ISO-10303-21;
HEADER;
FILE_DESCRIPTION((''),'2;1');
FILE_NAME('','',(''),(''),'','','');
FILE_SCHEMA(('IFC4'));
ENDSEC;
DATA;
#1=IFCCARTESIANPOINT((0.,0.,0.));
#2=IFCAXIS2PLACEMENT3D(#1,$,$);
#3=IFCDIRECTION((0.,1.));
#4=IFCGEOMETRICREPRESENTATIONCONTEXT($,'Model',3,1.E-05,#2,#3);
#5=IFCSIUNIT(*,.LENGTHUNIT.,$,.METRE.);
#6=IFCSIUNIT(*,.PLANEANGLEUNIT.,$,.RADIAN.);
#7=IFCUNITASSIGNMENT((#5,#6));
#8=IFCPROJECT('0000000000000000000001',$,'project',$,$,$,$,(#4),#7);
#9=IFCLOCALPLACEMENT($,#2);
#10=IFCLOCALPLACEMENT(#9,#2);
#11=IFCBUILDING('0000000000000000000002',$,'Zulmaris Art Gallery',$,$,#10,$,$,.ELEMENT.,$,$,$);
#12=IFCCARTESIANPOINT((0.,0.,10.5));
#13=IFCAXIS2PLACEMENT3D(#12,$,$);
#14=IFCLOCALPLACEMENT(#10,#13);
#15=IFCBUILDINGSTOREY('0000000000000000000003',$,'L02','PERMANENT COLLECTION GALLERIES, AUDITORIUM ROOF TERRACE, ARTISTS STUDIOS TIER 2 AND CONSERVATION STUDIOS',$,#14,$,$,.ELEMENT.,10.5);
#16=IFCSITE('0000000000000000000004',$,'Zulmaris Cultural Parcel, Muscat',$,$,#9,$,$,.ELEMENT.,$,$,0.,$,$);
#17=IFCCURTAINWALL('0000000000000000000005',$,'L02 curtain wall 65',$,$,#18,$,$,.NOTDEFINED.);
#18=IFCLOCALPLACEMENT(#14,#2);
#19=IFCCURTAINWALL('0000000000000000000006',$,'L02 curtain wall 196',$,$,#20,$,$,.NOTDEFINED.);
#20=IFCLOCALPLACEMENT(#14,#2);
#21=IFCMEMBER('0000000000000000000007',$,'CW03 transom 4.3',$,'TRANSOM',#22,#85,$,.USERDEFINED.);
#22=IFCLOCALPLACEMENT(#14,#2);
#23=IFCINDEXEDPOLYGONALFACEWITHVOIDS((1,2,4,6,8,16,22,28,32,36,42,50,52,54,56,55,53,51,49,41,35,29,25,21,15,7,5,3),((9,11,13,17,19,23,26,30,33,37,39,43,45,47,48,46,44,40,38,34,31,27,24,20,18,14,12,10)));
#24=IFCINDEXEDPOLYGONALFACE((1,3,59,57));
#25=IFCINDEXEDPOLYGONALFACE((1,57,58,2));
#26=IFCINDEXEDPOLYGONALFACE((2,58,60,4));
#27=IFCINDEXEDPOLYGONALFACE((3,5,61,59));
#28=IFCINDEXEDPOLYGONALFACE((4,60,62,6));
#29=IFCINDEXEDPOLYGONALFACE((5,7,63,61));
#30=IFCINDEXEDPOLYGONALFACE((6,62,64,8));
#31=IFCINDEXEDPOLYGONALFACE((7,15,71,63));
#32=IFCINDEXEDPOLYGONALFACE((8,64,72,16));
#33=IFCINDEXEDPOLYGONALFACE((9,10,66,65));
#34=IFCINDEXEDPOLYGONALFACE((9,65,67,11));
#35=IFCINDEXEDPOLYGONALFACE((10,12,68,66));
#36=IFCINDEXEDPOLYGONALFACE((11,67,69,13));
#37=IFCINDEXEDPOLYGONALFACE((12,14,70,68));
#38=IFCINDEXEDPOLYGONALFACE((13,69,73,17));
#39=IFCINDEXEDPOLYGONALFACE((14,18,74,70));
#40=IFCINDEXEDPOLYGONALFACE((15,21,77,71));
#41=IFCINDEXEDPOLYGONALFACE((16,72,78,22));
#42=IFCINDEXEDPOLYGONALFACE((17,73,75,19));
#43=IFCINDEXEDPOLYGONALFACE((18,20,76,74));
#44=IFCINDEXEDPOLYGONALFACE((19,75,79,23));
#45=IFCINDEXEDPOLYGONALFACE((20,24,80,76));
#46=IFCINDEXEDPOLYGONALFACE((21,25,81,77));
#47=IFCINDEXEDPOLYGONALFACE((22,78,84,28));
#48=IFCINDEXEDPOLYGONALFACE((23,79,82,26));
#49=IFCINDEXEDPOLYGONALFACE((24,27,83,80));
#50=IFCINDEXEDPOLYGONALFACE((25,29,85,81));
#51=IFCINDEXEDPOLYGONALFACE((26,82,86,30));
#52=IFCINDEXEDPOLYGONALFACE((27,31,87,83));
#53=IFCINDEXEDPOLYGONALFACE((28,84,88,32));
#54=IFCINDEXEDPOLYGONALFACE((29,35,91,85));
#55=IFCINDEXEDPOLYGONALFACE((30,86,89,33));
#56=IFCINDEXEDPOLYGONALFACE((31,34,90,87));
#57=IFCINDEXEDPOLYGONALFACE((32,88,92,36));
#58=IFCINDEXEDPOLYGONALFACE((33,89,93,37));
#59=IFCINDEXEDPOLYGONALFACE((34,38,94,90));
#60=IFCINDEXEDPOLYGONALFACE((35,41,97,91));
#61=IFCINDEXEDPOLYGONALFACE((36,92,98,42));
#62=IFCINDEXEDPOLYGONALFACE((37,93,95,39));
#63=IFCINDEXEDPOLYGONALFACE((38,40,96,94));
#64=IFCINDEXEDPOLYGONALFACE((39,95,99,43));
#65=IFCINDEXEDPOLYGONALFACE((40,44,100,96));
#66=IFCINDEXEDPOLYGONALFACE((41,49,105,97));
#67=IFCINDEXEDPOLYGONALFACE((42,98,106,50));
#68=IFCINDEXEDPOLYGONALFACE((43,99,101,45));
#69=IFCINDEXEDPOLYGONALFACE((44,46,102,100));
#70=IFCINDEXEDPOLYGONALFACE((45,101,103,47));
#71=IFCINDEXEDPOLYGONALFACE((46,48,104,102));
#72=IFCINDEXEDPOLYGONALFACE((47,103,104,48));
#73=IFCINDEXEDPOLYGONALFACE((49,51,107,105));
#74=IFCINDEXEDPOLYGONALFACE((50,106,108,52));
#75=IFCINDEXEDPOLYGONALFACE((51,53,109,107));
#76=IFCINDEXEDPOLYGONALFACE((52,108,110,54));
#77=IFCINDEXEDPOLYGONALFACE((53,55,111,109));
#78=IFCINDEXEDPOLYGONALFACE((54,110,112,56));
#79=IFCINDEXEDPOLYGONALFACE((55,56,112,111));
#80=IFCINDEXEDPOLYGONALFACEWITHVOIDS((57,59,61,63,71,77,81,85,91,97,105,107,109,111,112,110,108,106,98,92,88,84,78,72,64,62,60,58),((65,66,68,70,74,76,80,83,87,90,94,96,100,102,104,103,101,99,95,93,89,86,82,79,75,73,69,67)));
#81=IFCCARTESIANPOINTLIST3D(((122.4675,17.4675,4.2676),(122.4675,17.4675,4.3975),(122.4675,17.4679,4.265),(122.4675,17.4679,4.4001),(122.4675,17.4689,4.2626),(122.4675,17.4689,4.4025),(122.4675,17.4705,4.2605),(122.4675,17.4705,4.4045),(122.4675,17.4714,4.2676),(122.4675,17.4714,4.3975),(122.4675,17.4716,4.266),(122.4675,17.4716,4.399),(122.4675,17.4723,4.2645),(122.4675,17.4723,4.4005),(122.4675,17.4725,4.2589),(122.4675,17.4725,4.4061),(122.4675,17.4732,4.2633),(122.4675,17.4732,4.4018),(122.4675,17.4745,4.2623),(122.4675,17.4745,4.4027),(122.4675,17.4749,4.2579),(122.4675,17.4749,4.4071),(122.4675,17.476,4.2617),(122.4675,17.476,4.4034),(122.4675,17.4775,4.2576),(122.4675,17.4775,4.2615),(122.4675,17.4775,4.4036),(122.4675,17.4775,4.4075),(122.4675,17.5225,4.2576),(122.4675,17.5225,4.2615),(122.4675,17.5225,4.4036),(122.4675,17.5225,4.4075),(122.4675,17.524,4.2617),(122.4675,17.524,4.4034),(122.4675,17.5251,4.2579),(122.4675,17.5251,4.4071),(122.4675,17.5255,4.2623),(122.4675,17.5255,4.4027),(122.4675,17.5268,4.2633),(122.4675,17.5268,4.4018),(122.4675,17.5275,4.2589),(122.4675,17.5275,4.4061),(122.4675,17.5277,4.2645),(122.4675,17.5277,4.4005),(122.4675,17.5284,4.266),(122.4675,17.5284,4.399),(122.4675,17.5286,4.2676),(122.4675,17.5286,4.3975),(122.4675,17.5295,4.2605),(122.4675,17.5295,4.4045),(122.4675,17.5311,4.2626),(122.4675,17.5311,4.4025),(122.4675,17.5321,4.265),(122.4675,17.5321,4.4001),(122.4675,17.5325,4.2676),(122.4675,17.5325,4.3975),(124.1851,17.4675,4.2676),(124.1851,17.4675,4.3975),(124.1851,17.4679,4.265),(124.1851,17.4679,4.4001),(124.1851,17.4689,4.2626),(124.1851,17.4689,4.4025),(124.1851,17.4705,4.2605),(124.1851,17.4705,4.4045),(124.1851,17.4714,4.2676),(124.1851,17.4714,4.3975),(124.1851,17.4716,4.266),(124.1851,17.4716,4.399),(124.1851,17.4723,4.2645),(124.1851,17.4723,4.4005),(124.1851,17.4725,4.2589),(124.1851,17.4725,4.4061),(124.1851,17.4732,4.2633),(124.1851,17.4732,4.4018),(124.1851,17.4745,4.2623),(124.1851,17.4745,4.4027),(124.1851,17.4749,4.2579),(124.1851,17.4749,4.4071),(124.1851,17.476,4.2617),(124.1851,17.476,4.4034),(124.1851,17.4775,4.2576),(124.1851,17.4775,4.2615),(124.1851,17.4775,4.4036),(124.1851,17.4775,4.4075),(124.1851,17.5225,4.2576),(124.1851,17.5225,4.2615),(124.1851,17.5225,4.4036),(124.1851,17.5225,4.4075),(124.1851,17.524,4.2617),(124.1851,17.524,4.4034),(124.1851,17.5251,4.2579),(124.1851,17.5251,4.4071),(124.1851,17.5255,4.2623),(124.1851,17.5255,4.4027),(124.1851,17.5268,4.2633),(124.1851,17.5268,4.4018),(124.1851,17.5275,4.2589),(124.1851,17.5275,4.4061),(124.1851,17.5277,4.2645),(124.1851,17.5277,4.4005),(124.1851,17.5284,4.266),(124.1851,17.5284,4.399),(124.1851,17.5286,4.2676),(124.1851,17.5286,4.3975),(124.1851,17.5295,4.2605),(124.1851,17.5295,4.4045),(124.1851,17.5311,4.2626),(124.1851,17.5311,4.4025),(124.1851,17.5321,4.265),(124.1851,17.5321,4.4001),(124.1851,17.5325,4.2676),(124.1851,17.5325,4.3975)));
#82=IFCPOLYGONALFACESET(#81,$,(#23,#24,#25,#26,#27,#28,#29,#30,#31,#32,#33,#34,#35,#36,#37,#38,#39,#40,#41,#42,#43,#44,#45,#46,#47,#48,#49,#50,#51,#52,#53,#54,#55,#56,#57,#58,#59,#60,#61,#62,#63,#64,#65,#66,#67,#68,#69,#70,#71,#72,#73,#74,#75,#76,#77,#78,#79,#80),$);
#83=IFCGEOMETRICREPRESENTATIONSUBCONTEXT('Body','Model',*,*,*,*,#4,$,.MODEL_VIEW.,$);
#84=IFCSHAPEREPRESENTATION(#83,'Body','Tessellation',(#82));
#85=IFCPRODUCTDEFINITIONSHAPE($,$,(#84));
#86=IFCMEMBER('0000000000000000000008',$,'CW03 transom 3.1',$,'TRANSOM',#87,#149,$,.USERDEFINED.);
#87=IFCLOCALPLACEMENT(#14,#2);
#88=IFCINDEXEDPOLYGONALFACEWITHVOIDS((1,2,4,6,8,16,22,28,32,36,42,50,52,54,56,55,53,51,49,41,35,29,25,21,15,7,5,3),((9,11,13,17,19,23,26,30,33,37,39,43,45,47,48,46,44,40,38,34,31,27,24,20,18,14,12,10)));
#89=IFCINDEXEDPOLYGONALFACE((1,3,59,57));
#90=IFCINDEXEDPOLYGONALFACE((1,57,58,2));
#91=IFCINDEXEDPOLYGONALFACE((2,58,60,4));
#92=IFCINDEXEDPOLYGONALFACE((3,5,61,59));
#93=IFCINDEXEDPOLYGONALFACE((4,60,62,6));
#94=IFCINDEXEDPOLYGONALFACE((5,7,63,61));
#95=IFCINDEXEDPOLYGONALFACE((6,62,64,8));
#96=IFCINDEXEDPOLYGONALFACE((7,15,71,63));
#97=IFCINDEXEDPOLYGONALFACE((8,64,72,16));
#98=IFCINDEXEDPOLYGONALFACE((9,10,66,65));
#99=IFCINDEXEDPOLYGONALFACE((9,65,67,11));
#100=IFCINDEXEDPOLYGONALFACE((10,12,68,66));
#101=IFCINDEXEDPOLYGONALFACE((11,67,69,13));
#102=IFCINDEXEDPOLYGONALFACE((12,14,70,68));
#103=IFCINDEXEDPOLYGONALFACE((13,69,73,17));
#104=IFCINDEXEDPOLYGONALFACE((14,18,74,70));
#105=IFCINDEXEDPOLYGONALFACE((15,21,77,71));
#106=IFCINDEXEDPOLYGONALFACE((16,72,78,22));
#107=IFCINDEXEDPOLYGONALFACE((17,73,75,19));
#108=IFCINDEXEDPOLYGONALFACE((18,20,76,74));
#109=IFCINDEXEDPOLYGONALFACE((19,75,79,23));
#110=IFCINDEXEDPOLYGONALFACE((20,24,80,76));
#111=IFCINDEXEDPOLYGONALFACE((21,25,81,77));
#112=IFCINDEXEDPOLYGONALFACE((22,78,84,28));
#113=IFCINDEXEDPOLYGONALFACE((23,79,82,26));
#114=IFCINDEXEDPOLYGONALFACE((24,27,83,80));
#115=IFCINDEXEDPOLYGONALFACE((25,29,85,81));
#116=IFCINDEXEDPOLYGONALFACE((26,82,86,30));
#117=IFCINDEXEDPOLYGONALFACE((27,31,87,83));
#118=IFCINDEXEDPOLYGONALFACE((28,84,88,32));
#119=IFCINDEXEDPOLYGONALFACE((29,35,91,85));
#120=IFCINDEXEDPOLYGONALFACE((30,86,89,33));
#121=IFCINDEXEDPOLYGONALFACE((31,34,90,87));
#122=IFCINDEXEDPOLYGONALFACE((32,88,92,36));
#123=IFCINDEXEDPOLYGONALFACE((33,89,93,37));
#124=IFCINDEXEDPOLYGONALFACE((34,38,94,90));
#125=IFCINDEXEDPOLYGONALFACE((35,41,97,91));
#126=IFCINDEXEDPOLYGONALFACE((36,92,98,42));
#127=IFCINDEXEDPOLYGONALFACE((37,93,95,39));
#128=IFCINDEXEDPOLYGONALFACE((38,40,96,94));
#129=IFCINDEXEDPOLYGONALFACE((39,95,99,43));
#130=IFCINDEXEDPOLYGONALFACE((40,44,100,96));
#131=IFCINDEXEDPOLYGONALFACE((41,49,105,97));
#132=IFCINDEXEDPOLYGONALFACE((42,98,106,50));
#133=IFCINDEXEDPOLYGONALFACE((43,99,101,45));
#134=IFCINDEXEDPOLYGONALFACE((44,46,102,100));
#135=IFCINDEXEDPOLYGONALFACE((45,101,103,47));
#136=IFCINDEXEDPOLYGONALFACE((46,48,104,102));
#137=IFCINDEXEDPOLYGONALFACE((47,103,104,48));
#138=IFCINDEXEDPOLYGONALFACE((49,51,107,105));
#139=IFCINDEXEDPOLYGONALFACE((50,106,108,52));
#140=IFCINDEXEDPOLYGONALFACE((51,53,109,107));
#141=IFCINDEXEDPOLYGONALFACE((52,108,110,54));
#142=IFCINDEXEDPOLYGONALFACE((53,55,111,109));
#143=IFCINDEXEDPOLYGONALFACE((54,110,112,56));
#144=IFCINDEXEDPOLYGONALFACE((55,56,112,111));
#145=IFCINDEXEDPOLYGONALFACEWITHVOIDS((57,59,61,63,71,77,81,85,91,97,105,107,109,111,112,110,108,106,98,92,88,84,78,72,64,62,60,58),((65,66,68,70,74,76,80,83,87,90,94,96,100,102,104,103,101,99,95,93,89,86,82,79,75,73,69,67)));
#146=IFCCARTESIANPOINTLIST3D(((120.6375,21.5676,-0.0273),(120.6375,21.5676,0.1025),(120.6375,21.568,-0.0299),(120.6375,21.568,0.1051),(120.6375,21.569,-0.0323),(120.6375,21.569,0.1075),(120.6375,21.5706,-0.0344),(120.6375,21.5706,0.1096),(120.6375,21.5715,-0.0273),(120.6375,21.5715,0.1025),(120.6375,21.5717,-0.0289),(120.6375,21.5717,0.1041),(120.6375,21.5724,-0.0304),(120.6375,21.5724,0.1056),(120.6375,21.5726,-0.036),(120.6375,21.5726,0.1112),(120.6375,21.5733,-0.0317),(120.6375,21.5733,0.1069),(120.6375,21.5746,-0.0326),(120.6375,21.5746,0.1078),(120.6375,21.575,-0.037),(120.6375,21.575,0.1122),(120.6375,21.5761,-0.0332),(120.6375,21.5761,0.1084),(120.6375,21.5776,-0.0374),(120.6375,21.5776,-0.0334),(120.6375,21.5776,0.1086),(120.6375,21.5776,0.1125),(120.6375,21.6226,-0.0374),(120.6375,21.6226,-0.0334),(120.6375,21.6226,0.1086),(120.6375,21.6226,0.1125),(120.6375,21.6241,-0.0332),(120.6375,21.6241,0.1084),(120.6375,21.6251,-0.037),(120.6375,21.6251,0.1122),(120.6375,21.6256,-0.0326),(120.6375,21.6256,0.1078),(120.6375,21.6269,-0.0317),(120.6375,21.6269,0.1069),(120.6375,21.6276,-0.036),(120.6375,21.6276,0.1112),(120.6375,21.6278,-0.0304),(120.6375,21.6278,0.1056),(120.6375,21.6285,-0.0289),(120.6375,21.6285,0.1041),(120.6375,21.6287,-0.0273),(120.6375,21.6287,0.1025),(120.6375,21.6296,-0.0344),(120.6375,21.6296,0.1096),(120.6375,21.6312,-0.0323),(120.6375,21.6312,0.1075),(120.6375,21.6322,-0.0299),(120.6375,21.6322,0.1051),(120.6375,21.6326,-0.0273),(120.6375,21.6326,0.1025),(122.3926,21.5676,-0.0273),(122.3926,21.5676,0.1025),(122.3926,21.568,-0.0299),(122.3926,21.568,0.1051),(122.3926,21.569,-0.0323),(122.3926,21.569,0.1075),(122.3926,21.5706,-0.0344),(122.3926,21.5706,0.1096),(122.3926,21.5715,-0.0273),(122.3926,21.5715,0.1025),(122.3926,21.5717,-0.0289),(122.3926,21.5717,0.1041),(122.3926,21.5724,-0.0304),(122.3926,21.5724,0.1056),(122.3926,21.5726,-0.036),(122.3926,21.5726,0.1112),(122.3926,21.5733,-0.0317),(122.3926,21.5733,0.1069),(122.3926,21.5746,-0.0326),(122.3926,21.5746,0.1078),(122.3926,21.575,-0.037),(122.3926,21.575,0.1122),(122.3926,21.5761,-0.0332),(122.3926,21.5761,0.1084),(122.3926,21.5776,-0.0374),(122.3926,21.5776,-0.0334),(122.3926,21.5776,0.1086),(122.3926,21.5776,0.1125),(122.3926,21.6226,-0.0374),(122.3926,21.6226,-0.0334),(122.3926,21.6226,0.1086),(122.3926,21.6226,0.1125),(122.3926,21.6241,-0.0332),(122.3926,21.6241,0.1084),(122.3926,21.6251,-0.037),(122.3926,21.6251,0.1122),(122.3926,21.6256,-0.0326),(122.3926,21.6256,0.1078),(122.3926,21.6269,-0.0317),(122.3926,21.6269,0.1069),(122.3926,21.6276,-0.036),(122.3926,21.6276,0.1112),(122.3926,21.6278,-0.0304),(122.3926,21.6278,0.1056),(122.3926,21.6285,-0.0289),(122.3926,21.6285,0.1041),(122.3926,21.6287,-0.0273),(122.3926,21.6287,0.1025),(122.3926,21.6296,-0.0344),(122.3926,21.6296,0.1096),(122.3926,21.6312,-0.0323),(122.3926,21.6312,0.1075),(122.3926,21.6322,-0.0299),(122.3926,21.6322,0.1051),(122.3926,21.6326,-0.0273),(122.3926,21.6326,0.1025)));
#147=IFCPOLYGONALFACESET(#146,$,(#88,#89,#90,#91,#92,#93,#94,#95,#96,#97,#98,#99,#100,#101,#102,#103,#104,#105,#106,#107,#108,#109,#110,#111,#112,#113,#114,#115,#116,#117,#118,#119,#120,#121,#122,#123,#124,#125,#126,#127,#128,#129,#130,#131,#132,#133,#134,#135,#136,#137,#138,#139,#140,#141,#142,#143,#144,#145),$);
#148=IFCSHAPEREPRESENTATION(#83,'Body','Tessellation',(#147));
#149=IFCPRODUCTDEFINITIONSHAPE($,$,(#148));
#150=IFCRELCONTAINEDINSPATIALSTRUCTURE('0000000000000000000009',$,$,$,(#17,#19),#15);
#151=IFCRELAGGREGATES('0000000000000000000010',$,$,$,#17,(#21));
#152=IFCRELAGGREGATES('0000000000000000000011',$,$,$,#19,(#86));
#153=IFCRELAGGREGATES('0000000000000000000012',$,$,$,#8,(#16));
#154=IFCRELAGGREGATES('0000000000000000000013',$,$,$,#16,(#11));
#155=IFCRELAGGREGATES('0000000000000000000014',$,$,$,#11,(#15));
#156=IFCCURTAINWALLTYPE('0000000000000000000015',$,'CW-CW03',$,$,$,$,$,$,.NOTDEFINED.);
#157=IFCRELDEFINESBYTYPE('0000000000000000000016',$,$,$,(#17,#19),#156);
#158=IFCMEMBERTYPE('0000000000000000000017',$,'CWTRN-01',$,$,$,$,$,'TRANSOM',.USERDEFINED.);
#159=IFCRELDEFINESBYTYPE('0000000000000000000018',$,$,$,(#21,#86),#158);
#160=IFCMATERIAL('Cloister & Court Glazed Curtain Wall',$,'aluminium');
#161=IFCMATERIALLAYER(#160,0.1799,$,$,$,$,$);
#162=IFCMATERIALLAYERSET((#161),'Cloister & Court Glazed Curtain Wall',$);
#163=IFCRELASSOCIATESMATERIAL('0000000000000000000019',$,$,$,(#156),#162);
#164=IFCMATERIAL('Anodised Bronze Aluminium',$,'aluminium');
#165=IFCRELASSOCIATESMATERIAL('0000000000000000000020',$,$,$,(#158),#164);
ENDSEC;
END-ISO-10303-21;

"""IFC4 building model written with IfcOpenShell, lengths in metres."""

from ifc_helpers import new_model, si_unit, direction, frame, origin, origin_2d, place, context, subcontext, project, spatial, hollow_rectangle, extrude, material, layer, layer_set, material_profile, profile_set, type_object, element, aggregate, save


model = new_model("IFC4")

# Units and contexts
model_context = context("Model", 3, precision=1e-05, world=origin(), true_north=direction((0.0, 1.0)))
body_context = subcontext(model_context, "Body", "Model", "MODEL_VIEW")
ifc_project = project(units=[si_unit("LENGTHUNIT", "METRE"), si_unit("PLANEANGLEUNIT", "RADIAN")], contexts=[model_context])

# Site, building, storey
site_placement = place(None, origin())
site = spatial("IfcSite", under=ifc_project, at=site_placement, Name="Zulmaris Cultural Parcel, Muscat", CompositionType="ELEMENT", RefElevation=0.0)
building_placement = place(site_placement, origin())
building = spatial("IfcBuilding", under=site, at=building_placement, Name="Zulmaris Art Gallery", CompositionType="ELEMENT")
storey_placement = place(building_placement, frame((0.0, 0.0, 10.5)))
storey = spatial("IfcBuildingStorey", under=building, at=storey_placement, Name="L02", Description="PERMANENT COLLECTION GALLERIES, AUDITORIUM ROOF TERRACE, ARTISTS STUDIOS TIER 2 AND CONSERVATION STUDIOS", CompositionType="ELEMENT", Elevation=10.5)

# Curtain walls
ifc_material_1 = material(Name="Cloister & Court Glazed Curtain Wall", Category="aluminium")
ifc_layer_1 = layer(ifc_material_1, 0.1799)
ifc_layer_set_1 = layer_set([ifc_layer_1], Name="Cloister & Court Glazed Curtain Wall")
curtain_wall_type = type_object("IfcCurtainWallType", Name="CW-CW03", PredefinedType="NOTDEFINED", material=ifc_layer_set_1)
curtain_wall_1_placement = place(storey_placement, origin())
curtain_wall_1 = element("IfcCurtainWall", 1, at=curtain_wall_1_placement, inside=storey, type_object=curtain_wall_type, Name="L02 curtain wall 65", PredefinedType="NOTDEFINED")
ifc_material_2 = material(Name="Anodised Bronze Aluminium", Category="aluminium")
curtain_wall_2_placement = place(storey_placement, origin())
curtain_wall_2 = element("IfcCurtainWall", 2, at=curtain_wall_2_placement, inside=storey, type_object=curtain_wall_type, Name="L02 curtain wall 196", PredefinedType="NOTDEFINED")

# Members
ifc_material_profile_1 = material_profile(ifc_material_2, hollow_rectangle(XDim=0.0649, YDim=0.1499, WallThickness=0.0039, InnerFilletRadius=0.0061, OuterFilletRadius=0.01, at=origin_2d()), Name="ALU 65x150x4")
ifc_profile_set_1 = profile_set([ifc_material_profile_1], Name="Anodised Bronze Aluminium")
member_type_1 = type_object("IfcMemberType", Name="CWTRN-01", ElementType="TRANSOM", PredefinedType="USERDEFINED", material=ifc_profile_set_1)
member_1_placement = place(storey_placement, frame((122.4675, 17.5, 4.3325), z_axis=(1.0, 0.0, 0.0), x_axis=(0.0, 1.0, 0.0)))
member_1 = element("IfcMember", 3, at=member_1_placement, type_object=member_type_1, Name="CW03 transom 4.3", ObjectType="TRANSOM", PredefinedType="USERDEFINED", context=body_context, shape_type="SweptSolid", body=[
    extrude(hollow_rectangle(XDim=0.0649, YDim=0.1499, WallThickness=0.0039, InnerFilletRadius=0.0061, OuterFilletRadius=0.01, at=origin_2d()), origin(), (0.0, 0.0, 1.0), 1.7175),
])
member_2_placement = place(storey_placement, frame((120.6375, 21.6001, 0.0376), z_axis=(1.0, 0.0, 0.0), x_axis=(0.0, 1.0, 0.0)))
member_2 = element("IfcMember", 4, at=member_2_placement, type_object=member_type_1, Name="CW03 transom 3.1", ObjectType="TRANSOM", PredefinedType="USERDEFINED", context=body_context, shape_type="SweptSolid", body=[
    extrude(hollow_rectangle(XDim=0.0649, YDim=0.1499, WallThickness=0.0039, InnerFilletRadius=0.0061, OuterFilletRadius=0.01, at=origin_2d()), origin(), (0.0, 0.0, 1.0), 1.7551),
])

aggregate(curtain_wall_1, [member_1])
aggregate(curtain_wall_2, [member_2])

save(model, "model.ifc")
